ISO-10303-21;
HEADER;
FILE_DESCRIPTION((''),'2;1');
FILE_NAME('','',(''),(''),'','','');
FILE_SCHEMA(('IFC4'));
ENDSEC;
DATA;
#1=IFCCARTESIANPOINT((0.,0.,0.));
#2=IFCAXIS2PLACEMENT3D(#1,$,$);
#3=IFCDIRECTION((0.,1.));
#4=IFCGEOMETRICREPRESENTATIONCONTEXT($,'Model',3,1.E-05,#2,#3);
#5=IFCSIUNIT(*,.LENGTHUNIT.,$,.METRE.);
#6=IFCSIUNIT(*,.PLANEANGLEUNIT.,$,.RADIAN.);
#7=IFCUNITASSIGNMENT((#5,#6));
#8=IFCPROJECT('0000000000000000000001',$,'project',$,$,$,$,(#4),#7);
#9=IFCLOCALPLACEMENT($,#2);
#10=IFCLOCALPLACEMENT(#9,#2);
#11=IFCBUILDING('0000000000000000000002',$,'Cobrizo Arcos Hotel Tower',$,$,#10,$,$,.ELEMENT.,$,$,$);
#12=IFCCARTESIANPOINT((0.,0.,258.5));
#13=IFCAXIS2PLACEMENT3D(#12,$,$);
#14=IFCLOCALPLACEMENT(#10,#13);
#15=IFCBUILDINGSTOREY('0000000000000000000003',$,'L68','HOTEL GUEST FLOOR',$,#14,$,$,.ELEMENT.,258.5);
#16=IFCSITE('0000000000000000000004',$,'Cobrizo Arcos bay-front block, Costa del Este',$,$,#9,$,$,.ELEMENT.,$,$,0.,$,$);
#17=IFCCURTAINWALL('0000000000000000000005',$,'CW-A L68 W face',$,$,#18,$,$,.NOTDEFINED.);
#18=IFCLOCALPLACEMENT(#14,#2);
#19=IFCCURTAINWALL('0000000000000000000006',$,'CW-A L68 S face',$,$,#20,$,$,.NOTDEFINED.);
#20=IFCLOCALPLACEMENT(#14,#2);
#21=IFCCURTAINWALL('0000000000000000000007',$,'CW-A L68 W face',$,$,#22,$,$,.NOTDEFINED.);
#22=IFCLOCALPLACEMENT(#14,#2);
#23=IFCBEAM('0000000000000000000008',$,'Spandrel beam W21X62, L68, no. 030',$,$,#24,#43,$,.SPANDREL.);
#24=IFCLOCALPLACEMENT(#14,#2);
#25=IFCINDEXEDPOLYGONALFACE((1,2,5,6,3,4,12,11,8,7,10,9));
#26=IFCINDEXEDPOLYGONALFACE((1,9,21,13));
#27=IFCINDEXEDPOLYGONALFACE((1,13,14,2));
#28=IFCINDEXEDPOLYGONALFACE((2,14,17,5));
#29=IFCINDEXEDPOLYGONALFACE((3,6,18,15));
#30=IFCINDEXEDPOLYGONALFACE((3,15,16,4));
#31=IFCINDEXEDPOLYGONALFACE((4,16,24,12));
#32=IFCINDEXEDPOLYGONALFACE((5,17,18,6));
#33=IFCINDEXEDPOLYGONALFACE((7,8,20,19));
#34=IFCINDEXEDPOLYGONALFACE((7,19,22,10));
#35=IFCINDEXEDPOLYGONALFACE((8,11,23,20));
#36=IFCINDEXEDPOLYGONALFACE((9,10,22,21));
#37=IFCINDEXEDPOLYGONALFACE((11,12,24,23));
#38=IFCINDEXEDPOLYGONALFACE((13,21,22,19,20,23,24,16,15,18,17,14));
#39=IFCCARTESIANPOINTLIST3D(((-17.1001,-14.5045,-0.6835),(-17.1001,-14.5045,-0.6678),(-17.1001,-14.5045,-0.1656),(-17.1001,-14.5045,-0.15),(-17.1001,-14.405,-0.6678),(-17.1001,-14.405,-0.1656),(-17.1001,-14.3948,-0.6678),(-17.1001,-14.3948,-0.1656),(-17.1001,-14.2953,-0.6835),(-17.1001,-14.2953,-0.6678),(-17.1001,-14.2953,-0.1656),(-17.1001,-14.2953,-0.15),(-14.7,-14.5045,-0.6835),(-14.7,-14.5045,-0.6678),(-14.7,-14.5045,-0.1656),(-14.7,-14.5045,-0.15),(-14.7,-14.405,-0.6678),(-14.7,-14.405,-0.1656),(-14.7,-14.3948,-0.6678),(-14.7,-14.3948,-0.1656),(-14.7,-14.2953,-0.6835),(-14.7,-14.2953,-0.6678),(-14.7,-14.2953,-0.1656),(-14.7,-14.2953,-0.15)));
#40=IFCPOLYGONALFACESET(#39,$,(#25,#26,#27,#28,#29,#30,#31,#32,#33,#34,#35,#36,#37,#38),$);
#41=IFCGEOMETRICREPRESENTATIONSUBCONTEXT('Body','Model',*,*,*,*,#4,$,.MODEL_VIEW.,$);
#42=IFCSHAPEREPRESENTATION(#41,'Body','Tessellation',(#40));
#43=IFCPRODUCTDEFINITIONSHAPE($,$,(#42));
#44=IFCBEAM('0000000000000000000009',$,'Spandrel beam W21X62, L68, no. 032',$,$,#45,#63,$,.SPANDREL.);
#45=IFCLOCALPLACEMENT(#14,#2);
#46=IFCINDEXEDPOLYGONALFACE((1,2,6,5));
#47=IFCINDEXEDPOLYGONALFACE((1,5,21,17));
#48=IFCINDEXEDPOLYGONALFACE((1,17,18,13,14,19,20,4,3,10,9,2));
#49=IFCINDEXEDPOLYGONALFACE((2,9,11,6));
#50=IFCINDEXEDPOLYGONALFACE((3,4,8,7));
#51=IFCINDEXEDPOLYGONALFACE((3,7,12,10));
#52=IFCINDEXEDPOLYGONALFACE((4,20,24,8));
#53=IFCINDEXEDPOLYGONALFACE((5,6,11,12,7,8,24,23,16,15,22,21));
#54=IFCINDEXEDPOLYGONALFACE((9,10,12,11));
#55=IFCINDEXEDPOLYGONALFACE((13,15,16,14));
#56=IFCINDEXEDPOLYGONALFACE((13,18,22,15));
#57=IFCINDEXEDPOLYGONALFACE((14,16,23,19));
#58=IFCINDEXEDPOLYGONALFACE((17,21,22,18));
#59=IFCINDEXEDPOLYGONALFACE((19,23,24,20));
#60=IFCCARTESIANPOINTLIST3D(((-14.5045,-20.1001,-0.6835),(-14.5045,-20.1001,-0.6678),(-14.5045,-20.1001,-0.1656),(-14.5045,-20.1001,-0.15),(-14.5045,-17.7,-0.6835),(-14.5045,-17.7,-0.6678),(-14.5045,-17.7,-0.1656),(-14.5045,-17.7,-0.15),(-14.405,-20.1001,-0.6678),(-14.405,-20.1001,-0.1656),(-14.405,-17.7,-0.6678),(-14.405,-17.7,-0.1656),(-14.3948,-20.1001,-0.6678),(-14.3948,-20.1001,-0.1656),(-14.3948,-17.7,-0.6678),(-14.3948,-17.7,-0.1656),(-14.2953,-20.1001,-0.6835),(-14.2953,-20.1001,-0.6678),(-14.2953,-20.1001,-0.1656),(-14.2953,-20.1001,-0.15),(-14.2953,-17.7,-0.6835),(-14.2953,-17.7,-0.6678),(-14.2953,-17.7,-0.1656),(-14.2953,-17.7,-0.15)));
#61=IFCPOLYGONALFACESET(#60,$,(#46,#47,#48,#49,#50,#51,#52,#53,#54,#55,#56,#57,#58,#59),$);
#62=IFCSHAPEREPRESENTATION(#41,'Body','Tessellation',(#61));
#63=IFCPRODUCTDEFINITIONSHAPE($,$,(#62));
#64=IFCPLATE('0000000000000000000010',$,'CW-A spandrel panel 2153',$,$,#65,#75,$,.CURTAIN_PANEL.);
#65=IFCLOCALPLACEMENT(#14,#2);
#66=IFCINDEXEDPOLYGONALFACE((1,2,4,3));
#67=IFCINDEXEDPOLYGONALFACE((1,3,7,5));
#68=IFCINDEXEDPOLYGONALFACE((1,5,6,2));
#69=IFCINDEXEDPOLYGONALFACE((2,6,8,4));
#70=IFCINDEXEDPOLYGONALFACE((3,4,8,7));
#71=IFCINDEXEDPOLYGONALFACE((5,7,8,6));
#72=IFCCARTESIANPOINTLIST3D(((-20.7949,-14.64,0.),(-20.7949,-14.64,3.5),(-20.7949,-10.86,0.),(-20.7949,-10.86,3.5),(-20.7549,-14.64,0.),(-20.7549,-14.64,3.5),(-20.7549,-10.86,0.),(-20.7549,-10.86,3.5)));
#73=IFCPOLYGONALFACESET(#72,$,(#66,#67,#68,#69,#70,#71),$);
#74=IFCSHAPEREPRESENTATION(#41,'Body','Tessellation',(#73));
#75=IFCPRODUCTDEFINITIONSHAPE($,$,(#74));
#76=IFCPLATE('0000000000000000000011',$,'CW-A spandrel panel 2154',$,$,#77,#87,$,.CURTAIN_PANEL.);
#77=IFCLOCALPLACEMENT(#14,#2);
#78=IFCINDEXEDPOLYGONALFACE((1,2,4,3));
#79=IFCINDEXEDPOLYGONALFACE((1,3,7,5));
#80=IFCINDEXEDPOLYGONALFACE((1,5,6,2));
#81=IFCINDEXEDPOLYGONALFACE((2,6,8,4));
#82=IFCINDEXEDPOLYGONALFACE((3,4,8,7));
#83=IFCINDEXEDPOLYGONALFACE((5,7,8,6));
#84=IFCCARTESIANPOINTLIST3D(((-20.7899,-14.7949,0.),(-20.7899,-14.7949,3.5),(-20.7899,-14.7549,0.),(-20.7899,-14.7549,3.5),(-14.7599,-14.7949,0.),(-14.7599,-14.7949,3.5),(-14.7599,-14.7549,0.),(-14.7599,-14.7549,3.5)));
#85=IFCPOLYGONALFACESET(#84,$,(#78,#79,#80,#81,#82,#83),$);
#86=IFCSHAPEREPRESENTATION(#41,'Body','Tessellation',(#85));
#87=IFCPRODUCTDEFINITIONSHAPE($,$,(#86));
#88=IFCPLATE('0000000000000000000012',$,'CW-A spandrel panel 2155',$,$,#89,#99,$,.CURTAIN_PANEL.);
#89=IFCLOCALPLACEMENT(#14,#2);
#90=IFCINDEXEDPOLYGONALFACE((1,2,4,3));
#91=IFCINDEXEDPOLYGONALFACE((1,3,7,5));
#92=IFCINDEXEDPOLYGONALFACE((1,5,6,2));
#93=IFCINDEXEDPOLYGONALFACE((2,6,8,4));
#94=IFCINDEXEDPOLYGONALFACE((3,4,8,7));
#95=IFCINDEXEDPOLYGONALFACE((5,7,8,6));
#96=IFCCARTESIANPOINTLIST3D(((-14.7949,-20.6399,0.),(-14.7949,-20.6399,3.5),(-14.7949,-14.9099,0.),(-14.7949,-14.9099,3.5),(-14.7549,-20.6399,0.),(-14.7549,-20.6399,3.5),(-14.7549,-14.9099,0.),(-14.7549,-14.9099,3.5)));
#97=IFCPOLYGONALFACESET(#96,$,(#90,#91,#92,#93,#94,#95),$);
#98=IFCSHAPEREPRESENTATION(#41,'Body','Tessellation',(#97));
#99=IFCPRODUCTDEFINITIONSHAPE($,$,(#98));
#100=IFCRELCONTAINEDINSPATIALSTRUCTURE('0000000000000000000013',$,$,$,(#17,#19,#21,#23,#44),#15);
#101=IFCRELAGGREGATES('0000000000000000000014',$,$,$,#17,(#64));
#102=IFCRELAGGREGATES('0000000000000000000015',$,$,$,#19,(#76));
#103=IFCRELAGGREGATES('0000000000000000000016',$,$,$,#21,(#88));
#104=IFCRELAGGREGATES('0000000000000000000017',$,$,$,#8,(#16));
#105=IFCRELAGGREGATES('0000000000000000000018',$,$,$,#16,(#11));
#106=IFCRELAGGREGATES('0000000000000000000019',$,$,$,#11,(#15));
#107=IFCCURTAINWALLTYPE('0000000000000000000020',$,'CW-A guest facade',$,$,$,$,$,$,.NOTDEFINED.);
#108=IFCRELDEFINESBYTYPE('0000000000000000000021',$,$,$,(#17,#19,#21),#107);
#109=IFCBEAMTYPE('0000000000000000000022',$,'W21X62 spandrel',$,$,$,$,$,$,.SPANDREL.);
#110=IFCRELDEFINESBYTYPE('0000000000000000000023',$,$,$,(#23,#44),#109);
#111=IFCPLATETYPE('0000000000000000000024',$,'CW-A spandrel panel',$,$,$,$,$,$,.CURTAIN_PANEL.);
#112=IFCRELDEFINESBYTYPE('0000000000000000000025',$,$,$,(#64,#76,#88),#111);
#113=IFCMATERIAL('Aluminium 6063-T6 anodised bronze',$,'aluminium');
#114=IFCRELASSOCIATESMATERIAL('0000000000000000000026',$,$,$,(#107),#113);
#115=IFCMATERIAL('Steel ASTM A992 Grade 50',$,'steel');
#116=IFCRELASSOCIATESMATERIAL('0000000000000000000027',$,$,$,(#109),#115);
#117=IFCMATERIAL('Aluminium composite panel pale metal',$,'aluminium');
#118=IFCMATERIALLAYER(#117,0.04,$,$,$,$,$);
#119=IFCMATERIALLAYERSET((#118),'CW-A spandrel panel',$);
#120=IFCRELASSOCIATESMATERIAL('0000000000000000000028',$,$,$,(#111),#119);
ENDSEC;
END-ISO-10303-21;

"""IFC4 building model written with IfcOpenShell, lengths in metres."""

from ifc_helpers import new_model, si_unit, direction, frame, origin, origin_2d, place, context, subcontext, project, spatial, rectangle, i_section, extrude, material, layer, layer_set, material_profile, profile_set, type_object, element, aggregate, save


model = new_model("IFC4")

# Units and contexts
model_context = context("Model", 3, precision=1e-05, world=origin(), true_north=direction((0.0, 1.0)))
body_context = subcontext(model_context, "Body", "Model", "MODEL_VIEW")
ifc_project = project(units=[si_unit("LENGTHUNIT", "METRE"), si_unit("PLANEANGLEUNIT", "RADIAN")], contexts=[model_context])

# Site, building, storey
site_placement = place(None, origin())
site = spatial("IfcSite", under=ifc_project, at=site_placement, Name="Cobrizo Arcos bay-front block, Costa del Este", CompositionType="ELEMENT", RefElevation=0.0)
building_placement = place(site_placement, origin())
building = spatial("IfcBuilding", under=site, at=building_placement, Name="Cobrizo Arcos Hotel Tower", CompositionType="ELEMENT")
storey_placement = place(building_placement, frame((0.0, 0.0, 258.5)))
storey = spatial("IfcBuildingStorey", under=building, at=storey_placement, Name="L68", Description="HOTEL GUEST FLOOR", CompositionType="ELEMENT", Elevation=258.5)

# Shared definitions
ifc_material_1 = material(Name="Aluminium 6063-T6 anodised bronze", Category="aluminium")
curtain_wall_type = type_object("IfcCurtainWallType", Name="CW-A guest facade", PredefinedType="NOTDEFINED", material=ifc_material_1)

# Curtain walls
curtain_wall_1_placement = place(storey_placement, origin())
curtain_wall_1 = element("IfcCurtainWall", 1, at=curtain_wall_1_placement, inside=storey, type_object=curtain_wall_type, Name="CW-A L68 W face", PredefinedType="NOTDEFINED")
curtain_wall_2_placement = place(storey_placement, origin())
curtain_wall_2 = element("IfcCurtainWall", 2, at=curtain_wall_2_placement, inside=storey, type_object=curtain_wall_type, Name="CW-A L68 S face", PredefinedType="NOTDEFINED")
curtain_wall_3_placement = place(storey_placement, origin())
curtain_wall_3 = element("IfcCurtainWall", 3, at=curtain_wall_3_placement, inside=storey, type_object=curtain_wall_type, Name="CW-A L68 W face", PredefinedType="NOTDEFINED")

# Beams
ifc_material_2 = material(Name="Steel ASTM A992 Grade 50", Category="steel")
ifc_material_profile_1 = material_profile(ifc_material_2, i_section(OverallWidth=0.2092, OverallDepth=0.5334, WebThickness=0.0103, FlangeThickness=0.0156, at=origin_2d()), Name="W21X62")
ifc_profile_set_1 = profile_set([ifc_material_profile_1], Name="Steel ASTM A992 Grade 50")
beam_type_1 = type_object("IfcBeamType", Name="W21X62 spandrel", PredefinedType="SPANDREL", material=ifc_profile_set_1)
for number, where, z_axis, x_axis, name in (
    (4, (-17.1001, -14.3999, -0.4167), (1.0, 0.0, 0.0), (0.0, 1.0, 0.0), "Spandrel beam W21X62, L68, no. 030"),
    (5, (-14.3999, -17.7, -0.4167), (0.0, -1.0, 0.0), (1.0, 0.0, 0.0), "Spandrel beam W21X62, L68, no. 032"),
):
    element("IfcBeam", number, at=place(storey_placement, frame(where, z_axis=z_axis, x_axis=x_axis)), inside=storey, type_object=beam_type_1, Name=name, PredefinedType="SPANDREL", context=body_context, shape_type="SweptSolid", body=[
        extrude(i_section(OverallWidth=0.2092, OverallDepth=0.5334, WebThickness=0.0103, FlangeThickness=0.0156, at=origin_2d()), origin(), (0.0, 0.0, 1.0), 2.4001),
    ])

# Plates
ifc_material_3 = material(Name="Aluminium composite panel pale metal", Category="aluminium")
ifc_layer_1 = layer(ifc_material_3, 0.04)
ifc_layer_set_1 = layer_set([ifc_layer_1], Name="CW-A spandrel panel")
plate_type = type_object("IfcPlateType", Name="CW-A spandrel panel", PredefinedType="CURTAIN_PANEL", material=ifc_layer_set_1)
plate_1_placement = place(storey_placement, frame((-20.7749, -12.75, 0.0), z_axis=(0.0, 0.0, 1.0), x_axis=(0.0, -1.0, 0.0)))
plate_1 = element("IfcPlate", 6, at=plate_1_placement, type_object=plate_type, Name="CW-A spandrel panel 2153", PredefinedType="CURTAIN_PANEL", context=body_context, shape_type="SweptSolid", body=[
    extrude(rectangle(XDim=3.78, YDim=0.04, at=origin_2d()), origin(), (0.0, 0.0, 1.0), 3.5),
])
aggregate(curtain_wall_1, [plate_1])
plate_2_placement = place(storey_placement, frame((-17.7749, -14.7749, 0.0), z_axis=(0.0, 0.0, 1.0), x_axis=(1.0, 0.0, 0.0)))
plate_2 = element("IfcPlate", 7, at=plate_2_placement, type_object=plate_type, Name="CW-A spandrel panel 2154", PredefinedType="CURTAIN_PANEL", context=body_context, shape_type="SweptSolid", body=[
    extrude(rectangle(XDim=6.03, YDim=0.04, at=origin_2d()), origin(), (0.0, 0.0, 1.0), 3.5),
])
aggregate(curtain_wall_2, [plate_2])
plate_3_placement = place(storey_placement, frame((-14.7749, -17.7749, 0.0), z_axis=(0.0, 0.0, 1.0), x_axis=(0.0, -1.0, 0.0)))
plate_3 = element("IfcPlate", 8, at=plate_3_placement, type_object=plate_type, Name="CW-A spandrel panel 2155", PredefinedType="CURTAIN_PANEL", context=body_context, shape_type="SweptSolid", body=[
    extrude(rectangle(XDim=5.73, YDim=0.04, at=origin_2d()), origin(), (0.0, 0.0, 1.0), 3.5),
])
aggregate(curtain_wall_3, [plate_3])

save(model, "model.ifc")
